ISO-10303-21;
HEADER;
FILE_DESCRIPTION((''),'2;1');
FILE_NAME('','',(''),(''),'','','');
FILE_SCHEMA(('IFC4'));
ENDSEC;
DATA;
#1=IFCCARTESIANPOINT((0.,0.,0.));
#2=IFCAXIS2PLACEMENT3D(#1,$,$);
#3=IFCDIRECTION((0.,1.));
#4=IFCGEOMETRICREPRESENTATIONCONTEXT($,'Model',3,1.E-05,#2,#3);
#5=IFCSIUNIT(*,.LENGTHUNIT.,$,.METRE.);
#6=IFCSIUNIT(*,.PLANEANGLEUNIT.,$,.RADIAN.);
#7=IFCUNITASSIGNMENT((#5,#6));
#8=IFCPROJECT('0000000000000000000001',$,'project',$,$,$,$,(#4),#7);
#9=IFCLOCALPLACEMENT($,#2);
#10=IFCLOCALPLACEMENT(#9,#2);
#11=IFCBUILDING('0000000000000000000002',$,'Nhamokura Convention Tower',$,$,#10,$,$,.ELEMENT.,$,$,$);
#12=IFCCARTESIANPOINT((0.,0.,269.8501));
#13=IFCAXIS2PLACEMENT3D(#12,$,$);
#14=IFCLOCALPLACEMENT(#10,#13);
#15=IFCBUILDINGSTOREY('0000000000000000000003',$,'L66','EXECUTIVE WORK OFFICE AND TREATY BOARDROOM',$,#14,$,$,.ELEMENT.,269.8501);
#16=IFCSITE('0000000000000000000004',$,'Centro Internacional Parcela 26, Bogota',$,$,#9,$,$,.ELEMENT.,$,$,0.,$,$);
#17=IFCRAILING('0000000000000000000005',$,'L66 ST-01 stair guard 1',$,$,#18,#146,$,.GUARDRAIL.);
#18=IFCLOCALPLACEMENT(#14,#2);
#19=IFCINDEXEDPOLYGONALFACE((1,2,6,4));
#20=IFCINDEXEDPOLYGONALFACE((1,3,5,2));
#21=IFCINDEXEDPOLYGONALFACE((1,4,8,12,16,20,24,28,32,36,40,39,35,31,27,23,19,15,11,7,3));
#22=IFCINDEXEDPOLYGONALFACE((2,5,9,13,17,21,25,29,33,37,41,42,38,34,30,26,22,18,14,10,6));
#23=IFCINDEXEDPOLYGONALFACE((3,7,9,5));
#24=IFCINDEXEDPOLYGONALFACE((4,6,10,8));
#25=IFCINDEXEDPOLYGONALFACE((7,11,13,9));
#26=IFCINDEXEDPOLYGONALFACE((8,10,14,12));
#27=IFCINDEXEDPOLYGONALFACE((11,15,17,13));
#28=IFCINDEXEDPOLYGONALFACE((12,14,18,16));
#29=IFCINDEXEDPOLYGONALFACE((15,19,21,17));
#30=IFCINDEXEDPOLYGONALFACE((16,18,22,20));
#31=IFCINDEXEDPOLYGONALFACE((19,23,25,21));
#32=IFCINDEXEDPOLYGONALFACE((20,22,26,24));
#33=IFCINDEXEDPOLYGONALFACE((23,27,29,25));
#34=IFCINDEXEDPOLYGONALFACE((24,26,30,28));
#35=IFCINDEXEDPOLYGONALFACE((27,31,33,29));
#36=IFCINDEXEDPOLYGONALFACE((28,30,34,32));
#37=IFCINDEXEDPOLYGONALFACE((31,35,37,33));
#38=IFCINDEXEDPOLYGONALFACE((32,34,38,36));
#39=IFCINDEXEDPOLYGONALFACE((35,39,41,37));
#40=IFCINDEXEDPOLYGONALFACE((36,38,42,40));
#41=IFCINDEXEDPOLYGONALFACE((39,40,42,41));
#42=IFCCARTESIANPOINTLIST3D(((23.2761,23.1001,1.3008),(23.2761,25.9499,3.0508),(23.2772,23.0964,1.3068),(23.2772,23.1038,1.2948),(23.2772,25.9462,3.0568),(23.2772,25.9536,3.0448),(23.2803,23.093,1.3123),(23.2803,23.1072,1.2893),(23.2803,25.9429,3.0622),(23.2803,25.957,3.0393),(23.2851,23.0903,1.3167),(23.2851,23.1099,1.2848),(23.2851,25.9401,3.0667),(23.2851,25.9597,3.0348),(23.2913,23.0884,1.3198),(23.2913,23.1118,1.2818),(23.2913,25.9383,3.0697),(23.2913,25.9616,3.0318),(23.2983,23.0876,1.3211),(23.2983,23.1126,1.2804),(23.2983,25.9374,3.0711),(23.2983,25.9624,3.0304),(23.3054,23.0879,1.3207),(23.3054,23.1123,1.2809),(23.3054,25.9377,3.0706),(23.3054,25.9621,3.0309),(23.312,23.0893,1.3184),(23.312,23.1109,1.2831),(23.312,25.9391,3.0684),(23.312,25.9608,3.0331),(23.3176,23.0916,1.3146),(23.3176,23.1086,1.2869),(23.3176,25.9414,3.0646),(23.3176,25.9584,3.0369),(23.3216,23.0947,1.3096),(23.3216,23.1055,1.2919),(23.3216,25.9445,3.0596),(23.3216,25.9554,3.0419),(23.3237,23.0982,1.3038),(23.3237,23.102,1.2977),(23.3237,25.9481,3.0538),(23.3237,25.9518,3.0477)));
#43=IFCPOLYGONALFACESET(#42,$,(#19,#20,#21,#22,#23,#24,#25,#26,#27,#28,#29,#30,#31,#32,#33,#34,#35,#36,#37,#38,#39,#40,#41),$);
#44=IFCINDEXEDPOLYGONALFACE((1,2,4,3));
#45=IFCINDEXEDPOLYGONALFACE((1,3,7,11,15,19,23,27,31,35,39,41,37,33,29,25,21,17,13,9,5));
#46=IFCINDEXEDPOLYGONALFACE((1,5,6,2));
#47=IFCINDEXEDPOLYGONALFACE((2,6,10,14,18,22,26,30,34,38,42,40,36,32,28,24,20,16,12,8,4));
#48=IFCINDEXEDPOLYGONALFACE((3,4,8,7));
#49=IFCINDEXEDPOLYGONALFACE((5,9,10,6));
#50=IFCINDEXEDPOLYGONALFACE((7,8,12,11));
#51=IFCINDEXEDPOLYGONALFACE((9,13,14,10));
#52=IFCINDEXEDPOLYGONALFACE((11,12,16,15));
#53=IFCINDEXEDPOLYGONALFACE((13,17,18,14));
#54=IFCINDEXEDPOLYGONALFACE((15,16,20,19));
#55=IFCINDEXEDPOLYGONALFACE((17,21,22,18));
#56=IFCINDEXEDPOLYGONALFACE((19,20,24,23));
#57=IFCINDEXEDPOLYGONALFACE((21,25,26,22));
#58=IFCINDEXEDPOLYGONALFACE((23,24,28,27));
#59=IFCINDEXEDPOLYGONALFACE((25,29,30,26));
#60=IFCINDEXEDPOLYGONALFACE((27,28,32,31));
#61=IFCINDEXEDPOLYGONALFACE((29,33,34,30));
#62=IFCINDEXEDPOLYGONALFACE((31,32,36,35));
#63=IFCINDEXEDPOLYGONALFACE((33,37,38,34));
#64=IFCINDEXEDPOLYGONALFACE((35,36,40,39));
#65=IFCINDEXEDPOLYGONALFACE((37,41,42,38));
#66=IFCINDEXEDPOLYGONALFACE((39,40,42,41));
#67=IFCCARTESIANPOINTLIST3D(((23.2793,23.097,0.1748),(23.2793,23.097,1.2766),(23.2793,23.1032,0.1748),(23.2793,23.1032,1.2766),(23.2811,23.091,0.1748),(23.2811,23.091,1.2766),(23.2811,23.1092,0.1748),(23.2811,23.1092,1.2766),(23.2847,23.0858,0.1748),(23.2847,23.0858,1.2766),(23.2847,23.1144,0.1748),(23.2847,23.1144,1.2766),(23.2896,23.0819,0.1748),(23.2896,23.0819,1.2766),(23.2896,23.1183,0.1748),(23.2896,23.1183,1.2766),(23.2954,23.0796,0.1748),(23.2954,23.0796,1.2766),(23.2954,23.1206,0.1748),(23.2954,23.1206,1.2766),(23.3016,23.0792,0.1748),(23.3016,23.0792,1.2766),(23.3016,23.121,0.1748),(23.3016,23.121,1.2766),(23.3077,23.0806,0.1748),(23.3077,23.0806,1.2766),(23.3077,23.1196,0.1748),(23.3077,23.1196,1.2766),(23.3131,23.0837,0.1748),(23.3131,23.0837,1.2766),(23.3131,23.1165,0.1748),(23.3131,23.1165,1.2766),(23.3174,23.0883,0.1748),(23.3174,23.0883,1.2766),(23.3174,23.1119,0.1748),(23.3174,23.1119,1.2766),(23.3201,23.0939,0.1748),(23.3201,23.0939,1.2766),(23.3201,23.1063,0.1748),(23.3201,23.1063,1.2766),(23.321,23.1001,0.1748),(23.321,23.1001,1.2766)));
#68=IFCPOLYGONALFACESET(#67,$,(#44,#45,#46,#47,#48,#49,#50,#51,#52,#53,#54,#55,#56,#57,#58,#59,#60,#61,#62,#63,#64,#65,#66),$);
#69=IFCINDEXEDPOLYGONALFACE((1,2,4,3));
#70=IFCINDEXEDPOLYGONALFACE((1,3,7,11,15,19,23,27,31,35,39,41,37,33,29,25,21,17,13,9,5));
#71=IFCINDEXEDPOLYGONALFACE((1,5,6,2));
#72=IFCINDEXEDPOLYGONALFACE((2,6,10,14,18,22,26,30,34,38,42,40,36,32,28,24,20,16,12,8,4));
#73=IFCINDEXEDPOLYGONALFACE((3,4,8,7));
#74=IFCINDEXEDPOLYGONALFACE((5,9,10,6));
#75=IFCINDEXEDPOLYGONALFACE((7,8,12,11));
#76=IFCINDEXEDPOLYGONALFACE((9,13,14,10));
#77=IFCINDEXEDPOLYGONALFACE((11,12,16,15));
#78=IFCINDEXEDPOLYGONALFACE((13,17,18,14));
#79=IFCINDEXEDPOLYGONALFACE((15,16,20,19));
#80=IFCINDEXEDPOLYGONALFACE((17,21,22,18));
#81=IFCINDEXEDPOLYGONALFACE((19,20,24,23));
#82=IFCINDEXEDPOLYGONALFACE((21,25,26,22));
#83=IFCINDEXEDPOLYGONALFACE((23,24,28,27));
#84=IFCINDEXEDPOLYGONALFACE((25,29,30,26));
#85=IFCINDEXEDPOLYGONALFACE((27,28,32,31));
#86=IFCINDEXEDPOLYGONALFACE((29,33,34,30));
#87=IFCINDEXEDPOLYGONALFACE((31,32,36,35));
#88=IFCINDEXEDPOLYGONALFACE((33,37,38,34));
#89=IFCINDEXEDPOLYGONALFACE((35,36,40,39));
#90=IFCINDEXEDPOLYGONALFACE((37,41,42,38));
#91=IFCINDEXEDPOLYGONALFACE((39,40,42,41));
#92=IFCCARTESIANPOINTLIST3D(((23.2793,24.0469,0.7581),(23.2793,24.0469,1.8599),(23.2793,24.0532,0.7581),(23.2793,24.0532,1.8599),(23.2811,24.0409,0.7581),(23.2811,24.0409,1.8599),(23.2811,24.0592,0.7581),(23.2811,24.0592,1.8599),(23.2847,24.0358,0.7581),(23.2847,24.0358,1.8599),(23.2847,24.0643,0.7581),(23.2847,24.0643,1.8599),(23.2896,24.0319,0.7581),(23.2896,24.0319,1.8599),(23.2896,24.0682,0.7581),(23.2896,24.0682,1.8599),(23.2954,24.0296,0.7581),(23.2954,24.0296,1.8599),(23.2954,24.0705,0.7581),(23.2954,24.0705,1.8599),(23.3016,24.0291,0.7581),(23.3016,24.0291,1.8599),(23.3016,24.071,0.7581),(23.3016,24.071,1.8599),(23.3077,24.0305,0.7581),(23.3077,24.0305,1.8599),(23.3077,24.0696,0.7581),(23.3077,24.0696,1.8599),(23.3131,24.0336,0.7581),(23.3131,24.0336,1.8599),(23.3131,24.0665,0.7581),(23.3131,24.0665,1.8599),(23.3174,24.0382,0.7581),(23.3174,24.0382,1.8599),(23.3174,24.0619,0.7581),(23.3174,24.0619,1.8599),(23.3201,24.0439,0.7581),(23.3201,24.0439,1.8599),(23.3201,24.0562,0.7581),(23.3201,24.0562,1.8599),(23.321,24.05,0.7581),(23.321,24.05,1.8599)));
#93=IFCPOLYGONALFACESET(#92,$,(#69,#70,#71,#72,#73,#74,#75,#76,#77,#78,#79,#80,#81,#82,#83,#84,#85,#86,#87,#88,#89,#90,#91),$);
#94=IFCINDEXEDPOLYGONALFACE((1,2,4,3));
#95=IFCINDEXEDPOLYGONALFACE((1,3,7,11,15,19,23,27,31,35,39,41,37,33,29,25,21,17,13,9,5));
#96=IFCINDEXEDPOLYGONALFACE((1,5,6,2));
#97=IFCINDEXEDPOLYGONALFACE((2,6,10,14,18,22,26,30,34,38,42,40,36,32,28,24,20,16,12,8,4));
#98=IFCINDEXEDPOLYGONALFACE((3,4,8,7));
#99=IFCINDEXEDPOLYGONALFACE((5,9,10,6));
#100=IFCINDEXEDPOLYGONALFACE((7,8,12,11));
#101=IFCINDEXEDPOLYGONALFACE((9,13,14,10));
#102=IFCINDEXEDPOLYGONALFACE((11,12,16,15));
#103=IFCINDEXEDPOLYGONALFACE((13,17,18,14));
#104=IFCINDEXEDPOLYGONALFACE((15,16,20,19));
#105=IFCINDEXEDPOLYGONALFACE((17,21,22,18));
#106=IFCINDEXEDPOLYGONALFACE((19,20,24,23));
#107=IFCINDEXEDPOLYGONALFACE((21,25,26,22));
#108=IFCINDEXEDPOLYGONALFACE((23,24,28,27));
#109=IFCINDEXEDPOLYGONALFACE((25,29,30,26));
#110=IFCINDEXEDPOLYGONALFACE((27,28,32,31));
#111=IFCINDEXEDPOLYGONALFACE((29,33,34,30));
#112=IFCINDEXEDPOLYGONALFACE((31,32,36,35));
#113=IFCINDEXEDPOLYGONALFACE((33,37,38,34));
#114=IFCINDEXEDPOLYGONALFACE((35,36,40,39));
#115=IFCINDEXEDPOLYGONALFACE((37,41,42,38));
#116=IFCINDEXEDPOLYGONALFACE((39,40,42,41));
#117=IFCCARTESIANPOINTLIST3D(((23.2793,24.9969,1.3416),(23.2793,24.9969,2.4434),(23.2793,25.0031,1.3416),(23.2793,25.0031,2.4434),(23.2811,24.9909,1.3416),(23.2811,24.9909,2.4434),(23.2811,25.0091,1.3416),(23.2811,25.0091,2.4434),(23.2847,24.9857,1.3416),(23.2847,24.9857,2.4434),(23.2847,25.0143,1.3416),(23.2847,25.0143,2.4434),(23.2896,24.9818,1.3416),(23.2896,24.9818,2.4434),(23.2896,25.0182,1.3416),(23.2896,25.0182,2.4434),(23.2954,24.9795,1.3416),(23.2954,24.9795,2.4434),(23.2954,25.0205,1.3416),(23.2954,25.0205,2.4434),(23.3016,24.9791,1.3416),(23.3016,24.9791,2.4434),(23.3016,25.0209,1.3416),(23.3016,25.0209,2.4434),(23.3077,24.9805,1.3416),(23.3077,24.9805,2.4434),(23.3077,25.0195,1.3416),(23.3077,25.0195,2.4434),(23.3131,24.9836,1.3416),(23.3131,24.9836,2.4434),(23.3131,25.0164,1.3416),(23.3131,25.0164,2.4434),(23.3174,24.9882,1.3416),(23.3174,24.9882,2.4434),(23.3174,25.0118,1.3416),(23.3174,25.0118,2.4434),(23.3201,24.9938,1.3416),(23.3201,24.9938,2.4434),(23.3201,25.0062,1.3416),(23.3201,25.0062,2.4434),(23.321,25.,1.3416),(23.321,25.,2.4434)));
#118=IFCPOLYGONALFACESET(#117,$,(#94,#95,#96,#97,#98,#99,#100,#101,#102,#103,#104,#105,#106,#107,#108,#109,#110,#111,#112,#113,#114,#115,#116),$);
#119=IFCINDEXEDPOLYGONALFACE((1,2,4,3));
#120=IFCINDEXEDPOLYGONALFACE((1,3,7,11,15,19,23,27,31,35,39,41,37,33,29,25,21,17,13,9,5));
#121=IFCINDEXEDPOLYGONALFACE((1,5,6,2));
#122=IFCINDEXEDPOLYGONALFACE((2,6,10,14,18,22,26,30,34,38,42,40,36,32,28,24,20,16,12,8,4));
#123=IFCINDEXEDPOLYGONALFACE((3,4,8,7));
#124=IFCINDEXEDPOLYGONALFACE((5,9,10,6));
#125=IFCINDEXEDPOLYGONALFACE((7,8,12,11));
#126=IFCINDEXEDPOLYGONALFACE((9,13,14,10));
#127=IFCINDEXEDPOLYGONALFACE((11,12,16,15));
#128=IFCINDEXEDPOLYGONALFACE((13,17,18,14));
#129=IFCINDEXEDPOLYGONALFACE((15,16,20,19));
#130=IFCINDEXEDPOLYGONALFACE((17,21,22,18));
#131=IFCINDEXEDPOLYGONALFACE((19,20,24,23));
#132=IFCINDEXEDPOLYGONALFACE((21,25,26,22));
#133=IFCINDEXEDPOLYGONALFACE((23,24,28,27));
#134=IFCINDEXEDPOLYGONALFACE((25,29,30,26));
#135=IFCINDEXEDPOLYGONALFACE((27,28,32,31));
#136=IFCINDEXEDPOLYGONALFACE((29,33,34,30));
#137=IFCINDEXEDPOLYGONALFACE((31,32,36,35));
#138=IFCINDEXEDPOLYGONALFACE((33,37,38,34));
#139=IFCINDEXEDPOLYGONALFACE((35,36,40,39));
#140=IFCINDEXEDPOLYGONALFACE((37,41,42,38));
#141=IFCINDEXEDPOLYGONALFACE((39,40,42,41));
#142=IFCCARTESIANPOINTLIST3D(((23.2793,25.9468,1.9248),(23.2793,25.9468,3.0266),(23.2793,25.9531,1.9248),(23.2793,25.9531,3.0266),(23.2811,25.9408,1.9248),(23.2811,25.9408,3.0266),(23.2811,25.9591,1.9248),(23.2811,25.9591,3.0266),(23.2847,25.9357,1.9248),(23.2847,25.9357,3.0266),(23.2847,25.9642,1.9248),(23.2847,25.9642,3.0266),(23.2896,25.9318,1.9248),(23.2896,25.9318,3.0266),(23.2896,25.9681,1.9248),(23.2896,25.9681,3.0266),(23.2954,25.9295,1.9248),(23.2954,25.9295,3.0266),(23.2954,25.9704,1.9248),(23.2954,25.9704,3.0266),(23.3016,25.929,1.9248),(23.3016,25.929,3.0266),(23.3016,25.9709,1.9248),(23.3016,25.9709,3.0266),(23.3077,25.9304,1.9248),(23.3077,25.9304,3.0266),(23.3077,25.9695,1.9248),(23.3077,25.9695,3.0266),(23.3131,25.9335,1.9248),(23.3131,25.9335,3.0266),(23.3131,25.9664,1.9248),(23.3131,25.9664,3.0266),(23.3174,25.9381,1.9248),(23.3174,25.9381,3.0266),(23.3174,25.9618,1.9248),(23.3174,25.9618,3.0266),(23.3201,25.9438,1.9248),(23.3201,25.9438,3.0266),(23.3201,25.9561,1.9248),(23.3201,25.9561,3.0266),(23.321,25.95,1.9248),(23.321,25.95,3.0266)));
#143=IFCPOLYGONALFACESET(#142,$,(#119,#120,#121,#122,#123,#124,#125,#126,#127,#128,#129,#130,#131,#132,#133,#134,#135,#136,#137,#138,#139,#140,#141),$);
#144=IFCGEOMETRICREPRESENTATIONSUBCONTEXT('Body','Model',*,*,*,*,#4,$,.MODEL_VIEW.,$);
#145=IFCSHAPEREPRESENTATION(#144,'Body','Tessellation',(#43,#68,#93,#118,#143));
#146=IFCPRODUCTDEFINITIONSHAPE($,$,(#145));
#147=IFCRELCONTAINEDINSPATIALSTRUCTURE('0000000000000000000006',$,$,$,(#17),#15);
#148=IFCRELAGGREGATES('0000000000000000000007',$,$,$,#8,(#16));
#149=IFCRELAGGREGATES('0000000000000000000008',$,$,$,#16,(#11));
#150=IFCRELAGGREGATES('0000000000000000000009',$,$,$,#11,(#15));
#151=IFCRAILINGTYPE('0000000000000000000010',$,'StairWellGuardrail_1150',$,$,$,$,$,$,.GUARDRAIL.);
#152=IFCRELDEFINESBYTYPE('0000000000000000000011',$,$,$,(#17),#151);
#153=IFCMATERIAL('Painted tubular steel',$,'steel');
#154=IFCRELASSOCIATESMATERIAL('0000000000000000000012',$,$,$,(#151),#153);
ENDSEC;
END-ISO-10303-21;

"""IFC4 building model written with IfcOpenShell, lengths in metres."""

from ifc_helpers import new_model, si_unit, direction, frame, origin, origin_2d, place, context, subcontext, project, spatial, circle, extrude, material, type_object, element, save


model = new_model("IFC4")

# Units and contexts
model_context = context("Model", 3, precision=1e-05, world=origin(), true_north=direction((0.0, 1.0)))
body_context = subcontext(model_context, "Body", "Model", "MODEL_VIEW")
ifc_project = project(units=[si_unit("LENGTHUNIT", "METRE"), si_unit("PLANEANGLEUNIT", "RADIAN")], contexts=[model_context])

# Site, building, storey
site_placement = place(None, origin())
site = spatial("IfcSite", under=ifc_project, at=site_placement, Name="Centro Internacional Parcela 26, Bogota", CompositionType="ELEMENT", RefElevation=0.0)
building_placement = place(site_placement, origin())
building = spatial("IfcBuilding", under=site, at=building_placement, Name="Nhamokura Convention Tower", CompositionType="ELEMENT")
storey_placement = place(building_placement, frame((0.0, 0.0, 269.8501)))
storey = spatial("IfcBuildingStorey", under=building, at=storey_placement, Name="L66", Description="EXECUTIVE WORK OFFICE AND TREATY BOARDROOM", CompositionType="ELEMENT", Elevation=269.8501)

# Railing
ifc_material_1 = material(Name="Painted tubular steel", Category="steel")
railing_type_1 = type_object("IfcRailingType", Name="StairWellGuardrail_1150", PredefinedType="GUARDRAIL", material=ifc_material_1)
railing_1_placement = place(storey_placement, frame((23.3, 23.1001, 0.1748)))
element("IfcRailing", 1, at=railing_1_placement, inside=storey, type_object=railing_type_1, Name="L66 ST-01 stair guard 1", PredefinedType="GUARDRAIL", context=body_context, shape_type="SweptSolid", body=[
    extrude(circle(Radius=0.0239, at=origin_2d()), frame((0.0, 0.0, 1.126), z_axis=(0.0, 0.852159, 0.523283), x_axis=(-1.0, 0.0, 0.0)), (0.0, 0.0, 1.0), 3.3442),
    extrude(circle(Radius=0.021, at=origin_2d()), origin(), (0.0, 0.0, 1.0), 1.1018),
    extrude(circle(Radius=0.021, at=origin_2d()), frame((0.0, 0.95, 0.5833)), (0.0, 0.0, 1.0), 1.1018),
    extrude(circle(Radius=0.021, at=origin_2d()), frame((0.0, 1.8999, 1.1667)), (0.0, 0.0, 1.0), 1.1018),
    extrude(circle(Radius=0.021, at=origin_2d()), frame((0.0, 2.8499, 1.75)), (0.0, 0.0, 1.0), 1.1018),
])

save(model, "model.ifc")
